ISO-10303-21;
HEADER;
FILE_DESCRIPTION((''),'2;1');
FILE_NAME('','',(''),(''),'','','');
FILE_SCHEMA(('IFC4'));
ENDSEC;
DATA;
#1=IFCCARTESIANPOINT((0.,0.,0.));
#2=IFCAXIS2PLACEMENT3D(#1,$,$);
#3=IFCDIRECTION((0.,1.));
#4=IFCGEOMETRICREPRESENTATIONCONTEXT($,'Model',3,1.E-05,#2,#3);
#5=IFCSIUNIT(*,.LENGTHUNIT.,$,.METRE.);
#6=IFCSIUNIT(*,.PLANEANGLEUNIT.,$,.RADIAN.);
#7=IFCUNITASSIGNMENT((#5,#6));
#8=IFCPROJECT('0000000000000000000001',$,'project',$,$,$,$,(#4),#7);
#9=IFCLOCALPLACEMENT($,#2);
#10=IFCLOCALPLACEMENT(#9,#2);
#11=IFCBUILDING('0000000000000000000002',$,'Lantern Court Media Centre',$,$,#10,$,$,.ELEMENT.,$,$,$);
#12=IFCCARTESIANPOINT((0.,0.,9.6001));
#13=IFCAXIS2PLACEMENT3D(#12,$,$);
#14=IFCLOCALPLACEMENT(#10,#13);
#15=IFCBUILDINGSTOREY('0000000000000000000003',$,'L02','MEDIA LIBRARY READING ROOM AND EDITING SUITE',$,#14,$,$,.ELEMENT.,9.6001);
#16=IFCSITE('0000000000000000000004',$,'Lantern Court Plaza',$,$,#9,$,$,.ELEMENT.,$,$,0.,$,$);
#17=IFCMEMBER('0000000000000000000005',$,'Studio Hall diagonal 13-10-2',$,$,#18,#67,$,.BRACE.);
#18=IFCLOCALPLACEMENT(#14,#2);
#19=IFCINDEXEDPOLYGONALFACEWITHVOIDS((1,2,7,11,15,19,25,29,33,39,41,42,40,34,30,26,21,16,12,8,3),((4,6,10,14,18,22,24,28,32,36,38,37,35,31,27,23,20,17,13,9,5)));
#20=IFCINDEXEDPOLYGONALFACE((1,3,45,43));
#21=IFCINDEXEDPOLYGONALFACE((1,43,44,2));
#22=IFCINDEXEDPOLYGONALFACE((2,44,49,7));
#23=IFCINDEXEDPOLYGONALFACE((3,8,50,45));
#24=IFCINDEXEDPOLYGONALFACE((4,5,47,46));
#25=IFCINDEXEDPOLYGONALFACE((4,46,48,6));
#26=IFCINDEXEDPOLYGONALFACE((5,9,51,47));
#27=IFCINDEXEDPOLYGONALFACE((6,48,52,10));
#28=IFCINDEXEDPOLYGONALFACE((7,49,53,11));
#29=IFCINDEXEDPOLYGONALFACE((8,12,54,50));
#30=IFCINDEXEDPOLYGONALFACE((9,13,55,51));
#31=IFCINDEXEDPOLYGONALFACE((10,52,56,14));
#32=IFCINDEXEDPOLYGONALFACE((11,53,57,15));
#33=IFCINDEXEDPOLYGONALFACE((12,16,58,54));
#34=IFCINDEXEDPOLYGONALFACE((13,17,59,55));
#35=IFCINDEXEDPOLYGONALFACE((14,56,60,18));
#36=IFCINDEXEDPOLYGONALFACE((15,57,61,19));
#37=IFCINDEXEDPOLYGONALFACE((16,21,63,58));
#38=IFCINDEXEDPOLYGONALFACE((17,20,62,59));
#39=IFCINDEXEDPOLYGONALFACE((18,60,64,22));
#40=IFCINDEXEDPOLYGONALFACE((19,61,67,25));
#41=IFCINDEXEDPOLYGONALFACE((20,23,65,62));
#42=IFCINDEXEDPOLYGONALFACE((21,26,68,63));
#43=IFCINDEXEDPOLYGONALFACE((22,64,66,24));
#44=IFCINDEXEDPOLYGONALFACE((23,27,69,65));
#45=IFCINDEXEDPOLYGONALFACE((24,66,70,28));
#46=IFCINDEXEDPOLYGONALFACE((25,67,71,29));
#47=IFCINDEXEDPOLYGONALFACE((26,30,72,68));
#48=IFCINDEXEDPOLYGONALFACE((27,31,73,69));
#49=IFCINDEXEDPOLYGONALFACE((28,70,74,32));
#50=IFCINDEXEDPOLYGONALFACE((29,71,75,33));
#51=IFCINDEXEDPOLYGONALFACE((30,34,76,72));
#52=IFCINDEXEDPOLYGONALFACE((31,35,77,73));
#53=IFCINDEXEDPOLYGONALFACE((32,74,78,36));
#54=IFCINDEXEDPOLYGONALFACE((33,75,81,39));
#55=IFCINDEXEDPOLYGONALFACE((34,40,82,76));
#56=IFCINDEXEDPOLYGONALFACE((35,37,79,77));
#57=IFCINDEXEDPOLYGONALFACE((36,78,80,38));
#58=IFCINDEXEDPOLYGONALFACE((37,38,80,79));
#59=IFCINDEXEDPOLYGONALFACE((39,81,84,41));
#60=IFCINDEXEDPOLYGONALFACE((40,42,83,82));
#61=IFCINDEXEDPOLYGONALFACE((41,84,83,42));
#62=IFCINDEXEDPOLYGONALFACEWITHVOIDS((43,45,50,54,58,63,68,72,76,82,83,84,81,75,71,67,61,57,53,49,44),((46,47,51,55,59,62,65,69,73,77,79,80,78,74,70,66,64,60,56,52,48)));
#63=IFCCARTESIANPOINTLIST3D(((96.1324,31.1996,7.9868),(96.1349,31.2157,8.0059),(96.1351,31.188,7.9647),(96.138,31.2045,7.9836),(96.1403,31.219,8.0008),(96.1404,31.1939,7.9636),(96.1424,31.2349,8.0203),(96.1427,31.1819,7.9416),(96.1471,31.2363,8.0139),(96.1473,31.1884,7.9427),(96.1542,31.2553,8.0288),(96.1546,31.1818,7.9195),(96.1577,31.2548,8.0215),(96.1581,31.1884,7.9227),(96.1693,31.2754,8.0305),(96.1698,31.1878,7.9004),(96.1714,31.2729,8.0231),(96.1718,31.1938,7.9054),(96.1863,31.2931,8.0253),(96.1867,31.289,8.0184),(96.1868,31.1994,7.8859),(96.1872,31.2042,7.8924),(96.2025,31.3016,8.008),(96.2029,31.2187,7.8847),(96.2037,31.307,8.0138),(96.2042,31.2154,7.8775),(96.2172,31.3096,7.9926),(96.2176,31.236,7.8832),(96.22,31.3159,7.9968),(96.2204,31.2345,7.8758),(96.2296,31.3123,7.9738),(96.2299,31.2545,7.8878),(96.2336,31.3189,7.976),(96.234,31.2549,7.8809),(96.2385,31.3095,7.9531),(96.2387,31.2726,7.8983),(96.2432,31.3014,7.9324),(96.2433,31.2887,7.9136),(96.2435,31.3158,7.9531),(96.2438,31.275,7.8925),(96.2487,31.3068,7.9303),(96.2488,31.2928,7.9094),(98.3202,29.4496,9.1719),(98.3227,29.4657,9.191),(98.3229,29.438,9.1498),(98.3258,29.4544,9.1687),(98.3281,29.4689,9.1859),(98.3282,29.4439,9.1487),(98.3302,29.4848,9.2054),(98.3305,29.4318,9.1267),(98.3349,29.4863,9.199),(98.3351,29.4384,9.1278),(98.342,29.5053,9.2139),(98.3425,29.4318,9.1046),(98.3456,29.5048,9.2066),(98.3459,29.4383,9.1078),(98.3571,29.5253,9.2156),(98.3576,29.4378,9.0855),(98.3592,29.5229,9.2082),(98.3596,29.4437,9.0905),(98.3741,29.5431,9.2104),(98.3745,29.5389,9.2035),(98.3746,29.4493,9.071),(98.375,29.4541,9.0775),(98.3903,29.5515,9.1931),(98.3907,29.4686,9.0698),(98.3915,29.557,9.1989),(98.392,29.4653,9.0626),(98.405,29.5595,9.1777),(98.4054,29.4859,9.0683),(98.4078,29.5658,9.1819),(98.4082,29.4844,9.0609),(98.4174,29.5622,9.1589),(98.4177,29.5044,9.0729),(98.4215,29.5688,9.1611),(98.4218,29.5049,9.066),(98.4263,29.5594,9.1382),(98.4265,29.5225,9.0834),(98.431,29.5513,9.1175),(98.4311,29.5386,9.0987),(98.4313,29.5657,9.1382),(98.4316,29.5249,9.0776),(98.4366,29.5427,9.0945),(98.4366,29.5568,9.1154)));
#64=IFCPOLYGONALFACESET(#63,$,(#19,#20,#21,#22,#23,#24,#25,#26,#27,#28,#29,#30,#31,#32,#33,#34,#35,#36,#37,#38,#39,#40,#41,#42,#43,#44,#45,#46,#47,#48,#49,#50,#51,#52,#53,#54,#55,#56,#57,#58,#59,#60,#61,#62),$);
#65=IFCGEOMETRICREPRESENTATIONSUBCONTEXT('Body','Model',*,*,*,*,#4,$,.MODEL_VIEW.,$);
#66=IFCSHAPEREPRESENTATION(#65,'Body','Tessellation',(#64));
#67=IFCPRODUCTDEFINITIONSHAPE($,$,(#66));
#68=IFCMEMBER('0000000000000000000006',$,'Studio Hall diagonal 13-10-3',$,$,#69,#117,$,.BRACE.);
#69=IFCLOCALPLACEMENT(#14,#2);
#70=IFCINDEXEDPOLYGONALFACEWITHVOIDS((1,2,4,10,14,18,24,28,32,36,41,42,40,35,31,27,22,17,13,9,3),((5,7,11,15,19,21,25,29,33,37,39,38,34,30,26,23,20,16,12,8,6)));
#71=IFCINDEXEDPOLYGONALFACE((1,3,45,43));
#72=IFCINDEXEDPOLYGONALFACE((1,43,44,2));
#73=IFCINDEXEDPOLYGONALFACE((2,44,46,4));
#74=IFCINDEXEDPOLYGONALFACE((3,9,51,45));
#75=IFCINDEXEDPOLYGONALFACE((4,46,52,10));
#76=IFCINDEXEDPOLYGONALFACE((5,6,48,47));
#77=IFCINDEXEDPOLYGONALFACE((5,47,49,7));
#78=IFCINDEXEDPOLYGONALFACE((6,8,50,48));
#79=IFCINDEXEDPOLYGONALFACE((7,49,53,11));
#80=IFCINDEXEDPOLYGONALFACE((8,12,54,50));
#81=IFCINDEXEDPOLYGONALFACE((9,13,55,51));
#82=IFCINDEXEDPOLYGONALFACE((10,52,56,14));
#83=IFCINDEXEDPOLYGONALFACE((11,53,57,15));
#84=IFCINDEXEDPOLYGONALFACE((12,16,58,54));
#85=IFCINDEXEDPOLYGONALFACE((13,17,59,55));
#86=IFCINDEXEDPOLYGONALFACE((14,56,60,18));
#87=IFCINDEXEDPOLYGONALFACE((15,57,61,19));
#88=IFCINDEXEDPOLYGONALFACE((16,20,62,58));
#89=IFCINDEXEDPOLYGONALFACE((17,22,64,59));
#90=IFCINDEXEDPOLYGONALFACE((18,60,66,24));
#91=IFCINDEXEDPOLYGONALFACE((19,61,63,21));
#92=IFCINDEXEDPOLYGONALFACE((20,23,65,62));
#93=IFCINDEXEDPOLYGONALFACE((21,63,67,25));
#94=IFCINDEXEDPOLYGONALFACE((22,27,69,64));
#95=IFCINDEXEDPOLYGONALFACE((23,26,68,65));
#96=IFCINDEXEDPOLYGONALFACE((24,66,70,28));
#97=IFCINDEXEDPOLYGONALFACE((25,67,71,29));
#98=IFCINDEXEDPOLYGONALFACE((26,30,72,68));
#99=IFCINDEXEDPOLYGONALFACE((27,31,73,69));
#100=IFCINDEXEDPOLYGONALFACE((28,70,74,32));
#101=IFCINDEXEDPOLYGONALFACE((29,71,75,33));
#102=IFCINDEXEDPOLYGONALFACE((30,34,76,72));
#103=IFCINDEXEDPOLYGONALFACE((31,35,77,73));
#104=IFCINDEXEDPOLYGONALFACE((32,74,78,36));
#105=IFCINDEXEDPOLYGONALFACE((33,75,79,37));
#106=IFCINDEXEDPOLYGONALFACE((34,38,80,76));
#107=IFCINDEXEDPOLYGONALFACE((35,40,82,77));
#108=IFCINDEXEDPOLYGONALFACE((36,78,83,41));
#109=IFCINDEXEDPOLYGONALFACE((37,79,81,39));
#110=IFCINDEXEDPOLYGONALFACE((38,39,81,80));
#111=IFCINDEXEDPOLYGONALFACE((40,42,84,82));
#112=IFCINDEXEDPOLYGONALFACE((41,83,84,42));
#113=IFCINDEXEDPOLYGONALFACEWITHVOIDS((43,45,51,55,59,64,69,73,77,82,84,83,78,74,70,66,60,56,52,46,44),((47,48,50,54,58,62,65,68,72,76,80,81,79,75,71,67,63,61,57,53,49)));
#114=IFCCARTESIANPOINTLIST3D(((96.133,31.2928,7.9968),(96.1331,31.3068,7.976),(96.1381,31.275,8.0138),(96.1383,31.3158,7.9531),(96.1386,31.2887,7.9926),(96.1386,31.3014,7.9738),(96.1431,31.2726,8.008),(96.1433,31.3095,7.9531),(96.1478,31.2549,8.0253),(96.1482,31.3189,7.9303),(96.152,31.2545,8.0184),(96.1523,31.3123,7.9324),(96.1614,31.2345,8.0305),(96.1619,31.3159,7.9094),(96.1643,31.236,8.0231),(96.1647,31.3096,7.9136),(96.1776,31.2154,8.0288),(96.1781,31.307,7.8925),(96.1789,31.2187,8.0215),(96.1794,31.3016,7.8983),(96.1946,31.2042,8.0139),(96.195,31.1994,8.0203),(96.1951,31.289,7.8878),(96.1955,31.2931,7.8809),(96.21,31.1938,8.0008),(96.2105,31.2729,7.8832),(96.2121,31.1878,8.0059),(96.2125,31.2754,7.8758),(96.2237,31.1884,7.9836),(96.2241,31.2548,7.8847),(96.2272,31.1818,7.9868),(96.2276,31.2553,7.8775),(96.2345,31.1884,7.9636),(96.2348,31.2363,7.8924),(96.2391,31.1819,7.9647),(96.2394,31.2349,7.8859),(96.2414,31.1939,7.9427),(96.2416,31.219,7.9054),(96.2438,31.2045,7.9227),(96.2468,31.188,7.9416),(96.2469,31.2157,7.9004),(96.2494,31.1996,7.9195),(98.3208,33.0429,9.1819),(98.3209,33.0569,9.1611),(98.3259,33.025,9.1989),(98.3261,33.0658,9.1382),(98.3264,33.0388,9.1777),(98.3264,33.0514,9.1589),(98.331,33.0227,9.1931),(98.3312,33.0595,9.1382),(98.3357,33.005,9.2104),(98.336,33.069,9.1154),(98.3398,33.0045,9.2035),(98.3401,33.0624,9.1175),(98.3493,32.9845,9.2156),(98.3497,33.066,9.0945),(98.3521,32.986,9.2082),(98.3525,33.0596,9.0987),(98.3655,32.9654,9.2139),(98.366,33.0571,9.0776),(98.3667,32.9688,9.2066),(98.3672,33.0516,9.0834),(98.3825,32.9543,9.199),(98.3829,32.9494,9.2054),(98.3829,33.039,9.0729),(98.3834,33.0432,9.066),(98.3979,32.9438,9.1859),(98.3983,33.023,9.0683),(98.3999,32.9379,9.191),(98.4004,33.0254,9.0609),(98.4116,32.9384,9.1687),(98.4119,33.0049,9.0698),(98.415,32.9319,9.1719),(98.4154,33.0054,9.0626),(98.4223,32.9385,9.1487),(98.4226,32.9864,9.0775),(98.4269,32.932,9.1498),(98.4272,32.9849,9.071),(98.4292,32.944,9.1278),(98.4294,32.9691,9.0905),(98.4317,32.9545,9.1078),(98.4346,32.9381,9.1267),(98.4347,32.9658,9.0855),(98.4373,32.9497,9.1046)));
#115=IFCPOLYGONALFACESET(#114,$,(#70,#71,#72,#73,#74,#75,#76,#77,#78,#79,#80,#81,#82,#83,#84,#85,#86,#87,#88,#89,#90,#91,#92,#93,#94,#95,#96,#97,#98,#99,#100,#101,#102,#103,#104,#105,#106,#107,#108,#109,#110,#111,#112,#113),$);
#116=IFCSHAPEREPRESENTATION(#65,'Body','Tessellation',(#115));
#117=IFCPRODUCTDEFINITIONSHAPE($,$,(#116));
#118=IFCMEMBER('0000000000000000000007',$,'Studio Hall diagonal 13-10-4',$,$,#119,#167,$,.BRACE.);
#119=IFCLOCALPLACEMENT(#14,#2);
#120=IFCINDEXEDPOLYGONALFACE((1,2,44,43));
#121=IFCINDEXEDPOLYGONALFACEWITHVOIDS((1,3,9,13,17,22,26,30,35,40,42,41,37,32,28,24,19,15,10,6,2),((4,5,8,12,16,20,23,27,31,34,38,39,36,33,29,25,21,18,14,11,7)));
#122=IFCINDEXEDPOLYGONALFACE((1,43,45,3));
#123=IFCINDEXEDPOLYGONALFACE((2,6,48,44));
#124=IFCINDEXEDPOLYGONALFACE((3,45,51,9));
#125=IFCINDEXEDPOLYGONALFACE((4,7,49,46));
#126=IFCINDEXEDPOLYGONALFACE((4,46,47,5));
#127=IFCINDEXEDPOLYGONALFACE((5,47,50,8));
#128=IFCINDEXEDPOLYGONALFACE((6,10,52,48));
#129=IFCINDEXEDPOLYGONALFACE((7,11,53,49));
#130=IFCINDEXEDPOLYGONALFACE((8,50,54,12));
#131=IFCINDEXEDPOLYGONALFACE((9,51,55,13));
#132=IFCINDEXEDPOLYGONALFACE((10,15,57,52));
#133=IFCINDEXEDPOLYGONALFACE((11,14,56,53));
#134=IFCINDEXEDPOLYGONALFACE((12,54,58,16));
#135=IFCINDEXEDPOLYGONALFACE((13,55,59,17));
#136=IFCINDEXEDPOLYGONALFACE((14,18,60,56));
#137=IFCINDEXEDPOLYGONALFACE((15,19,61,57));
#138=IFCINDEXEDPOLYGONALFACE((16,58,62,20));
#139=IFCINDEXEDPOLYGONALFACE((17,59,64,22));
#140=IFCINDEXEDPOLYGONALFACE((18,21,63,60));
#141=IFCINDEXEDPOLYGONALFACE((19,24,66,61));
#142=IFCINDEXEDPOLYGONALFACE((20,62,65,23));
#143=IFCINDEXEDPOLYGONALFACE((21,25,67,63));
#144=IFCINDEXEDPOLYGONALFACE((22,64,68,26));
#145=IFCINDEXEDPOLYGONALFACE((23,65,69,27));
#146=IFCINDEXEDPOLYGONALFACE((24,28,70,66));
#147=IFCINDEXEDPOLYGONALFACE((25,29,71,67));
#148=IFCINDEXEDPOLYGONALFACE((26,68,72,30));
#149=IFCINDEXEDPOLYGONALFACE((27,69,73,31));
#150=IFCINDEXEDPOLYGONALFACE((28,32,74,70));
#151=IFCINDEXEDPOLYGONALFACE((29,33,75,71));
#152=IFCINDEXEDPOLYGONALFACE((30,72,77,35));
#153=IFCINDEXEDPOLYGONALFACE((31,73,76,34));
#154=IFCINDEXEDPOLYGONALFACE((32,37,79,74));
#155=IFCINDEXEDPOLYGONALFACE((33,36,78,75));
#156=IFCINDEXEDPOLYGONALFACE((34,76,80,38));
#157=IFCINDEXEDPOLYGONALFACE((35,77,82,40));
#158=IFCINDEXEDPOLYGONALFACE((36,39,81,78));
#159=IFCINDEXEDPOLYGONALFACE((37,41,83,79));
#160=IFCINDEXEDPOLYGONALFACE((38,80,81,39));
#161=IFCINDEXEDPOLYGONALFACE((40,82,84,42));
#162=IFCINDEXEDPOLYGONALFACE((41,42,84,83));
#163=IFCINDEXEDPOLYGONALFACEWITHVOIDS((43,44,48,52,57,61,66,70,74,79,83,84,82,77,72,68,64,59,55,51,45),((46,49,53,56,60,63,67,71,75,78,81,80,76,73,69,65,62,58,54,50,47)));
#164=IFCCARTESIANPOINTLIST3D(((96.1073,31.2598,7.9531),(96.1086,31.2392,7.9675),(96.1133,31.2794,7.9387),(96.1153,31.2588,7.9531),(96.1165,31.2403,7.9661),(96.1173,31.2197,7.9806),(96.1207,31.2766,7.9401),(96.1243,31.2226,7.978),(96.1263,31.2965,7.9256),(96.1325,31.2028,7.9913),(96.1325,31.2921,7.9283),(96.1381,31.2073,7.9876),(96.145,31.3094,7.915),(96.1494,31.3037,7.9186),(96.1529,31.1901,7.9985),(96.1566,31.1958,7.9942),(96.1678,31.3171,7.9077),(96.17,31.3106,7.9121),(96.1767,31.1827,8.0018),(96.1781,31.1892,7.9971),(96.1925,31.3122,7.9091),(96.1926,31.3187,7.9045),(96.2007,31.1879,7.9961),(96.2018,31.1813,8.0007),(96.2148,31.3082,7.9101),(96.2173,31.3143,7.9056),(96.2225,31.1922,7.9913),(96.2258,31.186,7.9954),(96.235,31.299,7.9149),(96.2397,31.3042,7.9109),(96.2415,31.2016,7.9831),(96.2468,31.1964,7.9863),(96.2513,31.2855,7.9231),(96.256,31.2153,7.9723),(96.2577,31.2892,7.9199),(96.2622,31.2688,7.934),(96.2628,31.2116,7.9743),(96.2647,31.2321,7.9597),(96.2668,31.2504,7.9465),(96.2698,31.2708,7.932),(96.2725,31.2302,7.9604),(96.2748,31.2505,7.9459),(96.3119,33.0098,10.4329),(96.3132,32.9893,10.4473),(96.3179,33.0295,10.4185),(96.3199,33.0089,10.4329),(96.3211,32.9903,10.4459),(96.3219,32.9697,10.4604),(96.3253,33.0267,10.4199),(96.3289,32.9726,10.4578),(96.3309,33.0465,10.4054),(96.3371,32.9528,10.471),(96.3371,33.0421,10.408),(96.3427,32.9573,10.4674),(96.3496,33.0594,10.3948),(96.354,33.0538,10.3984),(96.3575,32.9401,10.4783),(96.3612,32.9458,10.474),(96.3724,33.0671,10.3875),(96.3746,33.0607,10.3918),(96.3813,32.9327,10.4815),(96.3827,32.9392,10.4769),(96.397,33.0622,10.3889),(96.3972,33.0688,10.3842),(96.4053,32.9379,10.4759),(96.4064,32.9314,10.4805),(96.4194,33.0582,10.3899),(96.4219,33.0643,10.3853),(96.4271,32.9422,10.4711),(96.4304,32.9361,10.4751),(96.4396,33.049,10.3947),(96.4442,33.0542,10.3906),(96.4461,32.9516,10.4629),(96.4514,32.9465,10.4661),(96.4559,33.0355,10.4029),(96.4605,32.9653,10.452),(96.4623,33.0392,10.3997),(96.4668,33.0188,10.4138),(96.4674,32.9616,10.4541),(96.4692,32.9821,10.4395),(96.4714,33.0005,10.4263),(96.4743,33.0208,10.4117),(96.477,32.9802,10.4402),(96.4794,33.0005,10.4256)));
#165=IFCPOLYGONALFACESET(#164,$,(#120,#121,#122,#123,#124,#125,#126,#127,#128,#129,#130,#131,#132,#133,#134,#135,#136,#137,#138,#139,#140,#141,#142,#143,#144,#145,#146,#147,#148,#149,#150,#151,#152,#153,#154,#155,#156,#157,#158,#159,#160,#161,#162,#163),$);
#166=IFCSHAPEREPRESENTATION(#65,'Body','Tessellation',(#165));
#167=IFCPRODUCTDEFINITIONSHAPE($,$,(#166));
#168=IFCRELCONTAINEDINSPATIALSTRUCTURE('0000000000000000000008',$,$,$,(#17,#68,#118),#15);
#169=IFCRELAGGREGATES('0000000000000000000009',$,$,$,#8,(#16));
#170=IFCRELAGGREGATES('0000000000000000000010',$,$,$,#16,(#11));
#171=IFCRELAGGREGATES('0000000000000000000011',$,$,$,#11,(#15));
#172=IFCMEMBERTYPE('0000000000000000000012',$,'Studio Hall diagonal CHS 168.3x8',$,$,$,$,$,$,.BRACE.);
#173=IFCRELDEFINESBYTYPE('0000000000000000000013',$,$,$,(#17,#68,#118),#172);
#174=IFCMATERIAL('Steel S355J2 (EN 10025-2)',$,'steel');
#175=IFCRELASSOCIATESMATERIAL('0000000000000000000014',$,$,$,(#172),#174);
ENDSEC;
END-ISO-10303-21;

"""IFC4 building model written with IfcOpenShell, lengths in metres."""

from ifc_helpers import new_model, si_unit, direction, frame, origin, origin_2d, place, context, subcontext, project, spatial, hollow_circle, extrude, material, material_profile, profile_set, type_object, element, save


model = new_model("IFC4")

# Units and contexts
model_context = context("Model", 3, precision=1e-05, world=origin(), true_north=direction((0.0, 1.0)))
body_context = subcontext(model_context, "Body", "Model", "MODEL_VIEW")
ifc_project = project(units=[si_unit("LENGTHUNIT", "METRE"), si_unit("PLANEANGLEUNIT", "RADIAN")], contexts=[model_context])

# Site, building, storey
site_placement = place(None, origin())
site = spatial("IfcSite", under=ifc_project, at=site_placement, Name="Lantern Court Plaza", CompositionType="ELEMENT", RefElevation=0.0)
building_placement = place(site_placement, origin())
building = spatial("IfcBuilding", under=site, at=building_placement, Name="Lantern Court Media Centre", CompositionType="ELEMENT")
storey_placement = place(building_placement, frame((0.0, 0.0, 9.6001)))
storey = spatial("IfcBuildingStorey", under=building, at=storey_placement, Name="L02", Description="MEDIA LIBRARY READING ROOM AND EDITING SUITE", CompositionType="ELEMENT", Elevation=9.6001)

# Members
ifc_material = material(Name="Steel S355J2 (EN 10025-2)", Category="steel")
ifc_material_profile_1 = material_profile(ifc_material, hollow_circle(Radius=0.0842, WallThickness=0.0081, at=origin_2d()), Name="Studio Hall diagonal CHS 168.3x8")
ifc_profile_set_1 = profile_set([ifc_material_profile_1], Name="Steel S355J2 (EN 10025-2)")
member_type_1 = type_object("IfcMemberType", Name="Studio Hall diagonal CHS 168.3x8", PredefinedType="BRACE", material=ifc_profile_set_1)
for number, where, z_axis, x_axis, name in (
    (1, (96.1909, 31.25, 7.9531), (0.719206, -0.5753, 0.38958), (0.624653, 0.780903, 0.0), "Studio Hall diagonal 13-10-2"),
    (2, (96.1909, 31.25, 7.9531), (0.719206, 0.5753, 0.38958), (-0.624653, 0.780903, 0.0), "Studio Hall diagonal 13-10-3"),
    (3, (96.1909, 31.25, 7.9531), (0.067256, 0.575289, 0.81518), (-0.993235, 0.116118, 0.0), "Studio Hall diagonal 13-10-4"),
):
    element("IfcMember", number, at=place(storey_placement, frame(where, z_axis=z_axis, x_axis=x_axis)), inside=storey, type_object=member_type_1, Name=name, PredefinedType="BRACE", context=body_context, shape_type="SweptSolid", body=[
        extrude(hollow_circle(Radius=0.0842, WallThickness=0.0081, at=origin_2d()), origin(), (0.0, 0.0, 1.0), 3.042),
    ])

save(model, "model.ifc")
